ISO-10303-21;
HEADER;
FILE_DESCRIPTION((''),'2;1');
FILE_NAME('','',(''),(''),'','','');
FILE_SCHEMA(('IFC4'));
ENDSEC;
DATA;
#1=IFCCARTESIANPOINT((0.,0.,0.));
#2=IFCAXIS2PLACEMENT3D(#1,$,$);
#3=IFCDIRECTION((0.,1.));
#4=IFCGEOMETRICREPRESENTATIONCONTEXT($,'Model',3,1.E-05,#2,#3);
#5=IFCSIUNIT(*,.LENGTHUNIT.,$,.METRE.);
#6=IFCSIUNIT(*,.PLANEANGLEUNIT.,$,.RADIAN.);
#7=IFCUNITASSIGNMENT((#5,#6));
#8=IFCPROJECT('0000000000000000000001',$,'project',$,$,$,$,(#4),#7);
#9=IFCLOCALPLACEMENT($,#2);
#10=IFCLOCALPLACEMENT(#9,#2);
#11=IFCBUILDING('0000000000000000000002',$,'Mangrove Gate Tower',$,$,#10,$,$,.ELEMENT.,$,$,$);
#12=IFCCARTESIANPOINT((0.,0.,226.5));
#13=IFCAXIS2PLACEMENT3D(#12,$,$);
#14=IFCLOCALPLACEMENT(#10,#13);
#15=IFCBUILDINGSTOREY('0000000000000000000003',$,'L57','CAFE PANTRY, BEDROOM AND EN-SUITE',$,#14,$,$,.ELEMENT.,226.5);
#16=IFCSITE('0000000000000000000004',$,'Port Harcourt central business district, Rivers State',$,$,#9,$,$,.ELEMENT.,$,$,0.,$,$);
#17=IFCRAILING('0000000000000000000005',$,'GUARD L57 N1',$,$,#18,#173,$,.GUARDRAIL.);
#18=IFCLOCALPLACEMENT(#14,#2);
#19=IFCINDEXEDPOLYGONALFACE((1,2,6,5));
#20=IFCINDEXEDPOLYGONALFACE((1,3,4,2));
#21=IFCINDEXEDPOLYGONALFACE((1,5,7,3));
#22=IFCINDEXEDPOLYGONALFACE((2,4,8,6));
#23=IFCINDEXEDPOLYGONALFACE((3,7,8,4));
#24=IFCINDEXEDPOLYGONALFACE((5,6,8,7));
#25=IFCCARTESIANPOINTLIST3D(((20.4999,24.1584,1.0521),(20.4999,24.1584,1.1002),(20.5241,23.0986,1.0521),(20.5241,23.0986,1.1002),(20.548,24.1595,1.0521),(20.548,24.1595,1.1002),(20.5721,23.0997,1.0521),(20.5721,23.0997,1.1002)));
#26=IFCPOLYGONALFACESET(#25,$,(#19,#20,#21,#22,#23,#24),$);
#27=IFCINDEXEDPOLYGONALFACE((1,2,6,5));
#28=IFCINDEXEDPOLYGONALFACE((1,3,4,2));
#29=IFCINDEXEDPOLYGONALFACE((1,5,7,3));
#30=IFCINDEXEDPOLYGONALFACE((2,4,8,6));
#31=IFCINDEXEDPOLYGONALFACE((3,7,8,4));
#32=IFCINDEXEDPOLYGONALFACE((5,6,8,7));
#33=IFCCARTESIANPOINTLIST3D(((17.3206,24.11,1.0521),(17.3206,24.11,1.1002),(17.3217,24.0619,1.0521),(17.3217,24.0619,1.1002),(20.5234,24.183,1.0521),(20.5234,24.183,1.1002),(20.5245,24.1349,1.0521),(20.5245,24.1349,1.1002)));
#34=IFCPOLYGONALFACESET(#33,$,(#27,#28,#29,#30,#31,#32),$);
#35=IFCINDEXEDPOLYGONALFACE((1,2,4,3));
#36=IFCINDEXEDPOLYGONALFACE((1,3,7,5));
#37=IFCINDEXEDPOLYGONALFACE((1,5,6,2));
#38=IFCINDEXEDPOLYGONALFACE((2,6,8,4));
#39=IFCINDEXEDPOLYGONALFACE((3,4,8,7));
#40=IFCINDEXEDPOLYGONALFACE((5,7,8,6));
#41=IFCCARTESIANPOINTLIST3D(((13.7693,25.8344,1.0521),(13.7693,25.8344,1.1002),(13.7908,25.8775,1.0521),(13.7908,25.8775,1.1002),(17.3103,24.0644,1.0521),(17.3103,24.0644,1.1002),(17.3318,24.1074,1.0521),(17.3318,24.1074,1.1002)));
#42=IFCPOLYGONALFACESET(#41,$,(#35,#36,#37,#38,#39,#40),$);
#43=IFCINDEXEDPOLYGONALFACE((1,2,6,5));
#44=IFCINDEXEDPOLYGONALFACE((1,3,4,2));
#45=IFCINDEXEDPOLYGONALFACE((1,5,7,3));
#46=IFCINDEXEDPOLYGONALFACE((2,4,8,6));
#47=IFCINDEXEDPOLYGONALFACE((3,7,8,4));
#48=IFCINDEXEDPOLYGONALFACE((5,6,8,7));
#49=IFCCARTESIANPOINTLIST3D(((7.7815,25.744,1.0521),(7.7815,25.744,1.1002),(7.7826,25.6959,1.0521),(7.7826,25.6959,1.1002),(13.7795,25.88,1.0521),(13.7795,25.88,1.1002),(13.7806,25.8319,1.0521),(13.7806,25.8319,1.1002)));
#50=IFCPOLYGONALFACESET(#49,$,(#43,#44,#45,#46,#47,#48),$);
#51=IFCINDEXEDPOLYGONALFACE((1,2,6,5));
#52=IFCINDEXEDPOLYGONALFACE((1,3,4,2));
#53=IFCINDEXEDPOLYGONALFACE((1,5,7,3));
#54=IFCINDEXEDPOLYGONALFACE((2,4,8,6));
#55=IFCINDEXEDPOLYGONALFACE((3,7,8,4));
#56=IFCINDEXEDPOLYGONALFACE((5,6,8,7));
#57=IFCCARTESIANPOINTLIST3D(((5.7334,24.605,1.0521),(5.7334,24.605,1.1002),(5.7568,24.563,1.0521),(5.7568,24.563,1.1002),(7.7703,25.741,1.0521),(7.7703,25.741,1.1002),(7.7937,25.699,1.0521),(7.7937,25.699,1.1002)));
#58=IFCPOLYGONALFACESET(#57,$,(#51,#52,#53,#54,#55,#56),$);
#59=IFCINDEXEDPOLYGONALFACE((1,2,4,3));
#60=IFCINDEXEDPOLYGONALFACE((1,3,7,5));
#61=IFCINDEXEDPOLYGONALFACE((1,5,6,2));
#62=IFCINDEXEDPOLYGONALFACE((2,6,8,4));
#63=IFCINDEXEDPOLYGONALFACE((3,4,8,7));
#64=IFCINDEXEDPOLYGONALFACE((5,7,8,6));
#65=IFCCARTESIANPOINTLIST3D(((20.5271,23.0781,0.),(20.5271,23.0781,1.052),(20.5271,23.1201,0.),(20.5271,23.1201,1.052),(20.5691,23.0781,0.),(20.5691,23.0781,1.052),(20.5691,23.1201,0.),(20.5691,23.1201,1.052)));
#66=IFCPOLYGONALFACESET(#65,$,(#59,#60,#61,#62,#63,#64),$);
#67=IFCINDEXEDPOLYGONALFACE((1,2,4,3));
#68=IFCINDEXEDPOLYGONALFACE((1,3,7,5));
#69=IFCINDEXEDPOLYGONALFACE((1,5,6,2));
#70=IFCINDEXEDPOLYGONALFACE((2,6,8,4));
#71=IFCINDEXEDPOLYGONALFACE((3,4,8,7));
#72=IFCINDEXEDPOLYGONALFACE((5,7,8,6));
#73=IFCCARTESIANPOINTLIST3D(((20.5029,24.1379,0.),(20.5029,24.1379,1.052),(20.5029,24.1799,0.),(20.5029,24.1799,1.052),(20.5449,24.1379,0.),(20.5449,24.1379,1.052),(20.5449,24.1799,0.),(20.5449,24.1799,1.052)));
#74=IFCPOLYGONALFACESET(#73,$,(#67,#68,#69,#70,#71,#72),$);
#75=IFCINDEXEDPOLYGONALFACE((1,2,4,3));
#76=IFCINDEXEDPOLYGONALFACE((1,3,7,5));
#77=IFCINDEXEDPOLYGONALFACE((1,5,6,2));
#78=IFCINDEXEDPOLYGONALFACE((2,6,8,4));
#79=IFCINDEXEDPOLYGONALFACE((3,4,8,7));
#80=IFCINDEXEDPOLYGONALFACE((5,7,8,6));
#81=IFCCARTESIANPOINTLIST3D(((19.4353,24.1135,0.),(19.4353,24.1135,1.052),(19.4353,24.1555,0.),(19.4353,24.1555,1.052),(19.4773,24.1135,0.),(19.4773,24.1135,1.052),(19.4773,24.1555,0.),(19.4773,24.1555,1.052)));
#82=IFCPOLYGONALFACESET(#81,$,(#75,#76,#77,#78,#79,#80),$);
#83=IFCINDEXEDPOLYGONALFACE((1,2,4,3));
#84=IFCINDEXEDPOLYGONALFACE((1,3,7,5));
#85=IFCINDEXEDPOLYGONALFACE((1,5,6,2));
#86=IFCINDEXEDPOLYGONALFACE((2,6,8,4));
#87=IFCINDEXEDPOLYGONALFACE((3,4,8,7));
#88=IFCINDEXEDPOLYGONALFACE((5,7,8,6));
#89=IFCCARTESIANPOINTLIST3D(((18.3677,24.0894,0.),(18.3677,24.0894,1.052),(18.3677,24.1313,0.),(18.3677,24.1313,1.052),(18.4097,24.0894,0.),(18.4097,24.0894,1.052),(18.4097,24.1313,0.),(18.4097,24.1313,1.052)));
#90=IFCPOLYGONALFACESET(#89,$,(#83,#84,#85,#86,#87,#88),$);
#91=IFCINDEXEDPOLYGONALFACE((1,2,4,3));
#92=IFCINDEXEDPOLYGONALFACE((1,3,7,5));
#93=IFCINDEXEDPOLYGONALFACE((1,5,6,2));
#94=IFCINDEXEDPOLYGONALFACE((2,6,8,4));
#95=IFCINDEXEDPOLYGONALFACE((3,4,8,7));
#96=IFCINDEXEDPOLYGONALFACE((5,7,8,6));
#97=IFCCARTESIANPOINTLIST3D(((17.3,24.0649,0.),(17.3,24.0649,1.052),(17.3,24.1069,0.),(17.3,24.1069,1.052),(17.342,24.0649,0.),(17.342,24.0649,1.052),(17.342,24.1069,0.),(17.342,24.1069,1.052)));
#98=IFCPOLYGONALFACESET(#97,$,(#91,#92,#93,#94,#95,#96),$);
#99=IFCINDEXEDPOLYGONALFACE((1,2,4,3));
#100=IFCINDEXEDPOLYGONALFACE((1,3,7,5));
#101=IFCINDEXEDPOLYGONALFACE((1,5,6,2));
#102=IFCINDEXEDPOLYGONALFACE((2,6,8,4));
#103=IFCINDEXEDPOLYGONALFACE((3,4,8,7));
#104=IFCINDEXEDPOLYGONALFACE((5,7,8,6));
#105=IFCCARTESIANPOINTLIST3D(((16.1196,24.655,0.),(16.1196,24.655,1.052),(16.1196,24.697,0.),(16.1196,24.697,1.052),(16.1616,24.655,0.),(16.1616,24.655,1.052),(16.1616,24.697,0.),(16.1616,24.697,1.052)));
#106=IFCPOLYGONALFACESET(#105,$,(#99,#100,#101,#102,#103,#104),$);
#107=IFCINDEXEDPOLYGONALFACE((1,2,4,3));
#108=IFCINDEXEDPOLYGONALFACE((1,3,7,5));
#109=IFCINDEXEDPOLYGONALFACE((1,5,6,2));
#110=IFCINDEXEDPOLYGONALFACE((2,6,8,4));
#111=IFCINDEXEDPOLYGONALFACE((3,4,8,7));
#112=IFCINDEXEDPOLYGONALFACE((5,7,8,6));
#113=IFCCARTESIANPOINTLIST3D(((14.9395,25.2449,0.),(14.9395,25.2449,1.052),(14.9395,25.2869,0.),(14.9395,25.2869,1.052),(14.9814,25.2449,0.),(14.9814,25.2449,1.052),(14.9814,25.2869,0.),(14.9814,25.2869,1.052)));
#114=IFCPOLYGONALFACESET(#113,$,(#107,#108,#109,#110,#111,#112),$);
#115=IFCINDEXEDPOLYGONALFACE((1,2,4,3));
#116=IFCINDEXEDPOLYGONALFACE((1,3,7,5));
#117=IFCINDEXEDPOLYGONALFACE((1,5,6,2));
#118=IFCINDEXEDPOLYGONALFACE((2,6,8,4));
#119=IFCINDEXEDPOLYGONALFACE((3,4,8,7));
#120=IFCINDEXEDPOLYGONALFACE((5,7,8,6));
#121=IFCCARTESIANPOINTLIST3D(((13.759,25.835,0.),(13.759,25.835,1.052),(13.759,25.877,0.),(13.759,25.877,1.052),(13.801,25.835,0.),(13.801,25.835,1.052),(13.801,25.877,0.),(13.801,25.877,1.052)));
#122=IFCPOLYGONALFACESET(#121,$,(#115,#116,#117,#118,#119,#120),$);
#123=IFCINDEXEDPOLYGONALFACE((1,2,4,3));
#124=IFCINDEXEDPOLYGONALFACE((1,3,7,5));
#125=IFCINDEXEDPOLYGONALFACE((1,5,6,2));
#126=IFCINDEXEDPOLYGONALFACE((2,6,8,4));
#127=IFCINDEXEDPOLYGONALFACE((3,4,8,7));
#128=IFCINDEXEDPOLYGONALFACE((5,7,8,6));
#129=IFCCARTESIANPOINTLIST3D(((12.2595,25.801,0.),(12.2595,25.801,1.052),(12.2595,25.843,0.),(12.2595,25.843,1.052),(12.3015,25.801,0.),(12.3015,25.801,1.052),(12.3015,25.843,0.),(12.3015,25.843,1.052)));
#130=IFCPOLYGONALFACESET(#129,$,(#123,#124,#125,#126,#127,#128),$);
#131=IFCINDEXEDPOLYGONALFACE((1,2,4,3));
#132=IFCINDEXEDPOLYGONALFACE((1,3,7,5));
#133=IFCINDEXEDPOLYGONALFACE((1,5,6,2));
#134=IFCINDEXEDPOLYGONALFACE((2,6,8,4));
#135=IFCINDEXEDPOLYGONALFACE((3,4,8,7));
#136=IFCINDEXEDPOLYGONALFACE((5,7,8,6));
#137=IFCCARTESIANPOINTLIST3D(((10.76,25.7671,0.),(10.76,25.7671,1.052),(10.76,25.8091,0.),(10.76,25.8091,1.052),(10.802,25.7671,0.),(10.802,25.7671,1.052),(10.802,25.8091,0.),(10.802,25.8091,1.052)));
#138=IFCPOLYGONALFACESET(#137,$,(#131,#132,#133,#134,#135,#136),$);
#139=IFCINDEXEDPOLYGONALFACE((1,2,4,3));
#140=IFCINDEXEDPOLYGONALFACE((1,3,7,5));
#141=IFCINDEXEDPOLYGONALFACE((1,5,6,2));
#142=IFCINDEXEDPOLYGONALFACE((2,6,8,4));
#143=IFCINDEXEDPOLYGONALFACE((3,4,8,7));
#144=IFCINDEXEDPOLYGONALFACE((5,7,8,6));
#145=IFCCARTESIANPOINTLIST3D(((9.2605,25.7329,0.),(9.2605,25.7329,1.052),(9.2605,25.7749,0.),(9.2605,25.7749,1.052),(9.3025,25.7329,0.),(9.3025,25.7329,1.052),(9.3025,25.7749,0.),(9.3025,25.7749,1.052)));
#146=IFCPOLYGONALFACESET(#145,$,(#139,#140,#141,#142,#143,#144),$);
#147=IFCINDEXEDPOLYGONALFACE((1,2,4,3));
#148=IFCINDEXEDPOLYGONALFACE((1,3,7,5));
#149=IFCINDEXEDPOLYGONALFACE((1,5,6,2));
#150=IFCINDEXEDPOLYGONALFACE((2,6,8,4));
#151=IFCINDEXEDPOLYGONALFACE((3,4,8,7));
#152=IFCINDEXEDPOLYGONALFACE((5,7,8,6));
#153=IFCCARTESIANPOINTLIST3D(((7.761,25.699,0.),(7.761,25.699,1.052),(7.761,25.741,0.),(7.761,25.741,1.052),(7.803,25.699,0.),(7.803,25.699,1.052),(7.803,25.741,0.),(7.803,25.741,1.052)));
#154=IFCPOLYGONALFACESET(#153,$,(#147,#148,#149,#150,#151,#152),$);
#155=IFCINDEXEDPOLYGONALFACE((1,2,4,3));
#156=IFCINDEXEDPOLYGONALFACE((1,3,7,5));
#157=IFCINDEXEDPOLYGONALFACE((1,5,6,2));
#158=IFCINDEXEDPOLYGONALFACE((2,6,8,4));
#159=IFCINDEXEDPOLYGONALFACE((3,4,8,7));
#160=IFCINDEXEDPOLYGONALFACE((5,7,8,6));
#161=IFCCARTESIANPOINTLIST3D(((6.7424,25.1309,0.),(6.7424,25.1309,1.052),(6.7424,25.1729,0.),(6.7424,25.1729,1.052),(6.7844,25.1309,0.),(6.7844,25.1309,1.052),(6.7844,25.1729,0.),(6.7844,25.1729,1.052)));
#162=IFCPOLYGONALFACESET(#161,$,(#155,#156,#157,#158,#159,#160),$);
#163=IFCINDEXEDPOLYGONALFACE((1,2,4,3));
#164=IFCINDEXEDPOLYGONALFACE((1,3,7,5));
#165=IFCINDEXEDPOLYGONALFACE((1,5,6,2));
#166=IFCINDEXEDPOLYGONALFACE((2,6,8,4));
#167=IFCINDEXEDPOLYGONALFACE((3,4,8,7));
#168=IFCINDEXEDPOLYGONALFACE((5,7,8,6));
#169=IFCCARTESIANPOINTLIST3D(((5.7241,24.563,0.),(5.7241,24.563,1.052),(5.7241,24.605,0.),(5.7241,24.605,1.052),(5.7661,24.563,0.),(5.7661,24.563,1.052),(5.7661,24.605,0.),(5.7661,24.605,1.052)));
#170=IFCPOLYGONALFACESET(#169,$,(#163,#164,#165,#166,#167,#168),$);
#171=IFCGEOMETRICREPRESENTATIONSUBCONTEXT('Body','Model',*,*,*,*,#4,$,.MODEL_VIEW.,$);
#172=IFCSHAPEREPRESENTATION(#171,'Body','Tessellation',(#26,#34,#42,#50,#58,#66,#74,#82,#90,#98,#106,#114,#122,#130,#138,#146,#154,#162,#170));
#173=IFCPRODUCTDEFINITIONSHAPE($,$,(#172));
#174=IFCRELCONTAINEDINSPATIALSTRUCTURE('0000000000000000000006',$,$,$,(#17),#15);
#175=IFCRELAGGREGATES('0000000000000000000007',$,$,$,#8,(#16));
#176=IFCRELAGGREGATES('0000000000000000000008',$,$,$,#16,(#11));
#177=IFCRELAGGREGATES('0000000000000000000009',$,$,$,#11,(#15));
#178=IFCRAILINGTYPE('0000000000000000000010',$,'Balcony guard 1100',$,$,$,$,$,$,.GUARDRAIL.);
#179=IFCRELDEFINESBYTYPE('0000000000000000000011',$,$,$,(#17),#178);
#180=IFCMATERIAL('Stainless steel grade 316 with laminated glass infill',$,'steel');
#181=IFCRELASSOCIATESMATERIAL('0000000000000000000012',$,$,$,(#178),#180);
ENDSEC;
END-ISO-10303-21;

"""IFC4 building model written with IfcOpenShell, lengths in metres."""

from ifc_helpers import new_model, si_unit, direction, frame, origin, origin_2d, place, context, subcontext, project, spatial, rectangle, extrude, material, type_object, element, save


model = new_model("IFC4")

# Units and contexts
model_context = context("Model", 3, precision=1e-05, world=origin(), true_north=direction((0.0, 1.0)))
body_context = subcontext(model_context, "Body", "Model", "MODEL_VIEW")
ifc_project = project(units=[si_unit("LENGTHUNIT", "METRE"), si_unit("PLANEANGLEUNIT", "RADIAN")], contexts=[model_context])

# Site, building, storey
site_placement = place(None, origin())
site = spatial("IfcSite", under=ifc_project, at=site_placement, Name="Port Harcourt central business district, Rivers State", CompositionType="ELEMENT", RefElevation=0.0)
building_placement = place(site_placement, origin())
building = spatial("IfcBuilding", under=site, at=building_placement, Name="Mangrove Gate Tower", CompositionType="ELEMENT")
storey_placement = place(building_placement, frame((0.0, 0.0, 226.5)))
storey = spatial("IfcBuildingStorey", under=building, at=storey_placement, Name="L57", Description="CAFE PANTRY, BEDROOM AND EN-SUITE", CompositionType="ELEMENT", Elevation=226.5)

# Railing
ifc_material_1 = material(Name="Stainless steel grade 316 with laminated glass infill", Category="steel")
railing_type = type_object("IfcRailingType", Name="Balcony guard 1100", PredefinedType="GUARDRAIL", material=ifc_material_1)
railing_1_placement = place(storey_placement, frame((20.5481, 23.0991, 0.0)))
element("IfcRailing", 1, at=railing_1_placement, inside=storey, type_object=railing_type, Name="GUARD L57 N1", PredefinedType="GUARDRAIL", context=body_context, shape_type="SweptSolid", body=[
    extrude(rectangle(XDim=0.0481, YDim=0.0481, at=origin_2d()), frame((0.0, 0.0, 1.0762), z_axis=(-0.0228, 0.99974, 0.0), x_axis=(-0.99974, -0.0228, 0.0)), (0.0, 0.0, 1.0), 1.0601),
    extrude(rectangle(XDim=0.0481, YDim=0.0481, at=origin_2d()), frame((-0.0242, 1.0598, 1.0762), z_axis=(-0.99974, -0.022785, 0.0), x_axis=(0.022785, -0.99974, 0.0)), (0.0, 0.0, 1.0), 3.2036),
    extrude(rectangle(XDim=0.0481, YDim=0.0481, at=origin_2d()), frame((-3.2271, 0.9868, 1.0762), z_axis=(-0.894477, 0.447115, 0.0), x_axis=(-0.447115, -0.894477, 0.0)), (0.0, 0.0, 1.0), 3.9587),
    extrude(rectangle(XDim=0.0481, YDim=0.0481, at=origin_2d()), frame((-6.7681, 2.7568, 1.0762), z_axis=(-0.999743, -0.022666, 0.0), x_axis=(0.022666, -0.999743, 0.0)), (0.0, 0.0, 1.0), 5.9995),
    extrude(rectangle(XDim=0.0481, YDim=0.0481, at=origin_2d()), frame((-12.7661, 2.6208, 1.0762), z_axis=(-0.873356, -0.487082, 0.0), x_axis=(0.487082, -0.873356, 0.0)), (0.0, 0.0, 1.0), 2.3323),
    extrude(rectangle(XDim=0.042, YDim=0.042, at=origin_2d()), origin(), (0.0, 0.0, 1.0), 1.052),
    extrude(rectangle(XDim=0.042, YDim=0.042, at=origin_2d()), frame((-0.0242, 1.0598, 0.0)), (0.0, 0.0, 1.0), 1.052),
    extrude(rectangle(XDim=0.042, YDim=0.042, at=origin_2d()), frame((-1.0918, 1.0354, 0.0)), (0.0, 0.0, 1.0), 1.052),
    extrude(rectangle(XDim=0.042, YDim=0.042, at=origin_2d()), frame((-2.1594, 1.0112, 0.0)), (0.0, 0.0, 1.0), 1.052),
    extrude(rectangle(XDim=0.042, YDim=0.042, at=origin_2d()), frame((-3.2271, 0.9868, 0.0)), (0.0, 0.0, 1.0), 1.052),
    extrude(rectangle(XDim=0.042, YDim=0.042, at=origin_2d()), frame((-4.4075, 1.5769, 0.0)), (0.0, 0.0, 1.0), 1.052),
    extrude(rectangle(XDim=0.042, YDim=0.042, at=origin_2d()), frame((-5.5876, 2.1667, 0.0)), (0.0, 0.0, 1.0), 1.052),
    extrude(rectangle(XDim=0.042, YDim=0.042, at=origin_2d()), frame((-6.7681, 2.7568, 0.0)), (0.0, 0.0, 1.0), 1.052),
    extrude(rectangle(XDim=0.042, YDim=0.042, at=origin_2d()), frame((-8.2676, 2.7229, 0.0)), (0.0, 0.0, 1.0), 1.052),
    extrude(rectangle(XDim=0.042, YDim=0.042, at=origin_2d()), frame((-9.7671, 2.689, 0.0)), (0.0, 0.0, 1.0), 1.052),
    extrude(rectangle(XDim=0.042, YDim=0.042, at=origin_2d()), frame((-11.2666, 2.6548, 0.0)), (0.0, 0.0, 1.0), 1.052),
    extrude(rectangle(XDim=0.042, YDim=0.042, at=origin_2d()), frame((-12.7661, 2.6208, 0.0)), (0.0, 0.0, 1.0), 1.052),
    extrude(rectangle(XDim=0.042, YDim=0.042, at=origin_2d()), frame((-13.7847, 2.0527, 0.0)), (0.0, 0.0, 1.0), 1.052),
    extrude(rectangle(XDim=0.042, YDim=0.042, at=origin_2d()), frame((-14.803, 1.4849, 0.0)), (0.0, 0.0, 1.0), 1.052),
])

save(model, "model.ifc")
